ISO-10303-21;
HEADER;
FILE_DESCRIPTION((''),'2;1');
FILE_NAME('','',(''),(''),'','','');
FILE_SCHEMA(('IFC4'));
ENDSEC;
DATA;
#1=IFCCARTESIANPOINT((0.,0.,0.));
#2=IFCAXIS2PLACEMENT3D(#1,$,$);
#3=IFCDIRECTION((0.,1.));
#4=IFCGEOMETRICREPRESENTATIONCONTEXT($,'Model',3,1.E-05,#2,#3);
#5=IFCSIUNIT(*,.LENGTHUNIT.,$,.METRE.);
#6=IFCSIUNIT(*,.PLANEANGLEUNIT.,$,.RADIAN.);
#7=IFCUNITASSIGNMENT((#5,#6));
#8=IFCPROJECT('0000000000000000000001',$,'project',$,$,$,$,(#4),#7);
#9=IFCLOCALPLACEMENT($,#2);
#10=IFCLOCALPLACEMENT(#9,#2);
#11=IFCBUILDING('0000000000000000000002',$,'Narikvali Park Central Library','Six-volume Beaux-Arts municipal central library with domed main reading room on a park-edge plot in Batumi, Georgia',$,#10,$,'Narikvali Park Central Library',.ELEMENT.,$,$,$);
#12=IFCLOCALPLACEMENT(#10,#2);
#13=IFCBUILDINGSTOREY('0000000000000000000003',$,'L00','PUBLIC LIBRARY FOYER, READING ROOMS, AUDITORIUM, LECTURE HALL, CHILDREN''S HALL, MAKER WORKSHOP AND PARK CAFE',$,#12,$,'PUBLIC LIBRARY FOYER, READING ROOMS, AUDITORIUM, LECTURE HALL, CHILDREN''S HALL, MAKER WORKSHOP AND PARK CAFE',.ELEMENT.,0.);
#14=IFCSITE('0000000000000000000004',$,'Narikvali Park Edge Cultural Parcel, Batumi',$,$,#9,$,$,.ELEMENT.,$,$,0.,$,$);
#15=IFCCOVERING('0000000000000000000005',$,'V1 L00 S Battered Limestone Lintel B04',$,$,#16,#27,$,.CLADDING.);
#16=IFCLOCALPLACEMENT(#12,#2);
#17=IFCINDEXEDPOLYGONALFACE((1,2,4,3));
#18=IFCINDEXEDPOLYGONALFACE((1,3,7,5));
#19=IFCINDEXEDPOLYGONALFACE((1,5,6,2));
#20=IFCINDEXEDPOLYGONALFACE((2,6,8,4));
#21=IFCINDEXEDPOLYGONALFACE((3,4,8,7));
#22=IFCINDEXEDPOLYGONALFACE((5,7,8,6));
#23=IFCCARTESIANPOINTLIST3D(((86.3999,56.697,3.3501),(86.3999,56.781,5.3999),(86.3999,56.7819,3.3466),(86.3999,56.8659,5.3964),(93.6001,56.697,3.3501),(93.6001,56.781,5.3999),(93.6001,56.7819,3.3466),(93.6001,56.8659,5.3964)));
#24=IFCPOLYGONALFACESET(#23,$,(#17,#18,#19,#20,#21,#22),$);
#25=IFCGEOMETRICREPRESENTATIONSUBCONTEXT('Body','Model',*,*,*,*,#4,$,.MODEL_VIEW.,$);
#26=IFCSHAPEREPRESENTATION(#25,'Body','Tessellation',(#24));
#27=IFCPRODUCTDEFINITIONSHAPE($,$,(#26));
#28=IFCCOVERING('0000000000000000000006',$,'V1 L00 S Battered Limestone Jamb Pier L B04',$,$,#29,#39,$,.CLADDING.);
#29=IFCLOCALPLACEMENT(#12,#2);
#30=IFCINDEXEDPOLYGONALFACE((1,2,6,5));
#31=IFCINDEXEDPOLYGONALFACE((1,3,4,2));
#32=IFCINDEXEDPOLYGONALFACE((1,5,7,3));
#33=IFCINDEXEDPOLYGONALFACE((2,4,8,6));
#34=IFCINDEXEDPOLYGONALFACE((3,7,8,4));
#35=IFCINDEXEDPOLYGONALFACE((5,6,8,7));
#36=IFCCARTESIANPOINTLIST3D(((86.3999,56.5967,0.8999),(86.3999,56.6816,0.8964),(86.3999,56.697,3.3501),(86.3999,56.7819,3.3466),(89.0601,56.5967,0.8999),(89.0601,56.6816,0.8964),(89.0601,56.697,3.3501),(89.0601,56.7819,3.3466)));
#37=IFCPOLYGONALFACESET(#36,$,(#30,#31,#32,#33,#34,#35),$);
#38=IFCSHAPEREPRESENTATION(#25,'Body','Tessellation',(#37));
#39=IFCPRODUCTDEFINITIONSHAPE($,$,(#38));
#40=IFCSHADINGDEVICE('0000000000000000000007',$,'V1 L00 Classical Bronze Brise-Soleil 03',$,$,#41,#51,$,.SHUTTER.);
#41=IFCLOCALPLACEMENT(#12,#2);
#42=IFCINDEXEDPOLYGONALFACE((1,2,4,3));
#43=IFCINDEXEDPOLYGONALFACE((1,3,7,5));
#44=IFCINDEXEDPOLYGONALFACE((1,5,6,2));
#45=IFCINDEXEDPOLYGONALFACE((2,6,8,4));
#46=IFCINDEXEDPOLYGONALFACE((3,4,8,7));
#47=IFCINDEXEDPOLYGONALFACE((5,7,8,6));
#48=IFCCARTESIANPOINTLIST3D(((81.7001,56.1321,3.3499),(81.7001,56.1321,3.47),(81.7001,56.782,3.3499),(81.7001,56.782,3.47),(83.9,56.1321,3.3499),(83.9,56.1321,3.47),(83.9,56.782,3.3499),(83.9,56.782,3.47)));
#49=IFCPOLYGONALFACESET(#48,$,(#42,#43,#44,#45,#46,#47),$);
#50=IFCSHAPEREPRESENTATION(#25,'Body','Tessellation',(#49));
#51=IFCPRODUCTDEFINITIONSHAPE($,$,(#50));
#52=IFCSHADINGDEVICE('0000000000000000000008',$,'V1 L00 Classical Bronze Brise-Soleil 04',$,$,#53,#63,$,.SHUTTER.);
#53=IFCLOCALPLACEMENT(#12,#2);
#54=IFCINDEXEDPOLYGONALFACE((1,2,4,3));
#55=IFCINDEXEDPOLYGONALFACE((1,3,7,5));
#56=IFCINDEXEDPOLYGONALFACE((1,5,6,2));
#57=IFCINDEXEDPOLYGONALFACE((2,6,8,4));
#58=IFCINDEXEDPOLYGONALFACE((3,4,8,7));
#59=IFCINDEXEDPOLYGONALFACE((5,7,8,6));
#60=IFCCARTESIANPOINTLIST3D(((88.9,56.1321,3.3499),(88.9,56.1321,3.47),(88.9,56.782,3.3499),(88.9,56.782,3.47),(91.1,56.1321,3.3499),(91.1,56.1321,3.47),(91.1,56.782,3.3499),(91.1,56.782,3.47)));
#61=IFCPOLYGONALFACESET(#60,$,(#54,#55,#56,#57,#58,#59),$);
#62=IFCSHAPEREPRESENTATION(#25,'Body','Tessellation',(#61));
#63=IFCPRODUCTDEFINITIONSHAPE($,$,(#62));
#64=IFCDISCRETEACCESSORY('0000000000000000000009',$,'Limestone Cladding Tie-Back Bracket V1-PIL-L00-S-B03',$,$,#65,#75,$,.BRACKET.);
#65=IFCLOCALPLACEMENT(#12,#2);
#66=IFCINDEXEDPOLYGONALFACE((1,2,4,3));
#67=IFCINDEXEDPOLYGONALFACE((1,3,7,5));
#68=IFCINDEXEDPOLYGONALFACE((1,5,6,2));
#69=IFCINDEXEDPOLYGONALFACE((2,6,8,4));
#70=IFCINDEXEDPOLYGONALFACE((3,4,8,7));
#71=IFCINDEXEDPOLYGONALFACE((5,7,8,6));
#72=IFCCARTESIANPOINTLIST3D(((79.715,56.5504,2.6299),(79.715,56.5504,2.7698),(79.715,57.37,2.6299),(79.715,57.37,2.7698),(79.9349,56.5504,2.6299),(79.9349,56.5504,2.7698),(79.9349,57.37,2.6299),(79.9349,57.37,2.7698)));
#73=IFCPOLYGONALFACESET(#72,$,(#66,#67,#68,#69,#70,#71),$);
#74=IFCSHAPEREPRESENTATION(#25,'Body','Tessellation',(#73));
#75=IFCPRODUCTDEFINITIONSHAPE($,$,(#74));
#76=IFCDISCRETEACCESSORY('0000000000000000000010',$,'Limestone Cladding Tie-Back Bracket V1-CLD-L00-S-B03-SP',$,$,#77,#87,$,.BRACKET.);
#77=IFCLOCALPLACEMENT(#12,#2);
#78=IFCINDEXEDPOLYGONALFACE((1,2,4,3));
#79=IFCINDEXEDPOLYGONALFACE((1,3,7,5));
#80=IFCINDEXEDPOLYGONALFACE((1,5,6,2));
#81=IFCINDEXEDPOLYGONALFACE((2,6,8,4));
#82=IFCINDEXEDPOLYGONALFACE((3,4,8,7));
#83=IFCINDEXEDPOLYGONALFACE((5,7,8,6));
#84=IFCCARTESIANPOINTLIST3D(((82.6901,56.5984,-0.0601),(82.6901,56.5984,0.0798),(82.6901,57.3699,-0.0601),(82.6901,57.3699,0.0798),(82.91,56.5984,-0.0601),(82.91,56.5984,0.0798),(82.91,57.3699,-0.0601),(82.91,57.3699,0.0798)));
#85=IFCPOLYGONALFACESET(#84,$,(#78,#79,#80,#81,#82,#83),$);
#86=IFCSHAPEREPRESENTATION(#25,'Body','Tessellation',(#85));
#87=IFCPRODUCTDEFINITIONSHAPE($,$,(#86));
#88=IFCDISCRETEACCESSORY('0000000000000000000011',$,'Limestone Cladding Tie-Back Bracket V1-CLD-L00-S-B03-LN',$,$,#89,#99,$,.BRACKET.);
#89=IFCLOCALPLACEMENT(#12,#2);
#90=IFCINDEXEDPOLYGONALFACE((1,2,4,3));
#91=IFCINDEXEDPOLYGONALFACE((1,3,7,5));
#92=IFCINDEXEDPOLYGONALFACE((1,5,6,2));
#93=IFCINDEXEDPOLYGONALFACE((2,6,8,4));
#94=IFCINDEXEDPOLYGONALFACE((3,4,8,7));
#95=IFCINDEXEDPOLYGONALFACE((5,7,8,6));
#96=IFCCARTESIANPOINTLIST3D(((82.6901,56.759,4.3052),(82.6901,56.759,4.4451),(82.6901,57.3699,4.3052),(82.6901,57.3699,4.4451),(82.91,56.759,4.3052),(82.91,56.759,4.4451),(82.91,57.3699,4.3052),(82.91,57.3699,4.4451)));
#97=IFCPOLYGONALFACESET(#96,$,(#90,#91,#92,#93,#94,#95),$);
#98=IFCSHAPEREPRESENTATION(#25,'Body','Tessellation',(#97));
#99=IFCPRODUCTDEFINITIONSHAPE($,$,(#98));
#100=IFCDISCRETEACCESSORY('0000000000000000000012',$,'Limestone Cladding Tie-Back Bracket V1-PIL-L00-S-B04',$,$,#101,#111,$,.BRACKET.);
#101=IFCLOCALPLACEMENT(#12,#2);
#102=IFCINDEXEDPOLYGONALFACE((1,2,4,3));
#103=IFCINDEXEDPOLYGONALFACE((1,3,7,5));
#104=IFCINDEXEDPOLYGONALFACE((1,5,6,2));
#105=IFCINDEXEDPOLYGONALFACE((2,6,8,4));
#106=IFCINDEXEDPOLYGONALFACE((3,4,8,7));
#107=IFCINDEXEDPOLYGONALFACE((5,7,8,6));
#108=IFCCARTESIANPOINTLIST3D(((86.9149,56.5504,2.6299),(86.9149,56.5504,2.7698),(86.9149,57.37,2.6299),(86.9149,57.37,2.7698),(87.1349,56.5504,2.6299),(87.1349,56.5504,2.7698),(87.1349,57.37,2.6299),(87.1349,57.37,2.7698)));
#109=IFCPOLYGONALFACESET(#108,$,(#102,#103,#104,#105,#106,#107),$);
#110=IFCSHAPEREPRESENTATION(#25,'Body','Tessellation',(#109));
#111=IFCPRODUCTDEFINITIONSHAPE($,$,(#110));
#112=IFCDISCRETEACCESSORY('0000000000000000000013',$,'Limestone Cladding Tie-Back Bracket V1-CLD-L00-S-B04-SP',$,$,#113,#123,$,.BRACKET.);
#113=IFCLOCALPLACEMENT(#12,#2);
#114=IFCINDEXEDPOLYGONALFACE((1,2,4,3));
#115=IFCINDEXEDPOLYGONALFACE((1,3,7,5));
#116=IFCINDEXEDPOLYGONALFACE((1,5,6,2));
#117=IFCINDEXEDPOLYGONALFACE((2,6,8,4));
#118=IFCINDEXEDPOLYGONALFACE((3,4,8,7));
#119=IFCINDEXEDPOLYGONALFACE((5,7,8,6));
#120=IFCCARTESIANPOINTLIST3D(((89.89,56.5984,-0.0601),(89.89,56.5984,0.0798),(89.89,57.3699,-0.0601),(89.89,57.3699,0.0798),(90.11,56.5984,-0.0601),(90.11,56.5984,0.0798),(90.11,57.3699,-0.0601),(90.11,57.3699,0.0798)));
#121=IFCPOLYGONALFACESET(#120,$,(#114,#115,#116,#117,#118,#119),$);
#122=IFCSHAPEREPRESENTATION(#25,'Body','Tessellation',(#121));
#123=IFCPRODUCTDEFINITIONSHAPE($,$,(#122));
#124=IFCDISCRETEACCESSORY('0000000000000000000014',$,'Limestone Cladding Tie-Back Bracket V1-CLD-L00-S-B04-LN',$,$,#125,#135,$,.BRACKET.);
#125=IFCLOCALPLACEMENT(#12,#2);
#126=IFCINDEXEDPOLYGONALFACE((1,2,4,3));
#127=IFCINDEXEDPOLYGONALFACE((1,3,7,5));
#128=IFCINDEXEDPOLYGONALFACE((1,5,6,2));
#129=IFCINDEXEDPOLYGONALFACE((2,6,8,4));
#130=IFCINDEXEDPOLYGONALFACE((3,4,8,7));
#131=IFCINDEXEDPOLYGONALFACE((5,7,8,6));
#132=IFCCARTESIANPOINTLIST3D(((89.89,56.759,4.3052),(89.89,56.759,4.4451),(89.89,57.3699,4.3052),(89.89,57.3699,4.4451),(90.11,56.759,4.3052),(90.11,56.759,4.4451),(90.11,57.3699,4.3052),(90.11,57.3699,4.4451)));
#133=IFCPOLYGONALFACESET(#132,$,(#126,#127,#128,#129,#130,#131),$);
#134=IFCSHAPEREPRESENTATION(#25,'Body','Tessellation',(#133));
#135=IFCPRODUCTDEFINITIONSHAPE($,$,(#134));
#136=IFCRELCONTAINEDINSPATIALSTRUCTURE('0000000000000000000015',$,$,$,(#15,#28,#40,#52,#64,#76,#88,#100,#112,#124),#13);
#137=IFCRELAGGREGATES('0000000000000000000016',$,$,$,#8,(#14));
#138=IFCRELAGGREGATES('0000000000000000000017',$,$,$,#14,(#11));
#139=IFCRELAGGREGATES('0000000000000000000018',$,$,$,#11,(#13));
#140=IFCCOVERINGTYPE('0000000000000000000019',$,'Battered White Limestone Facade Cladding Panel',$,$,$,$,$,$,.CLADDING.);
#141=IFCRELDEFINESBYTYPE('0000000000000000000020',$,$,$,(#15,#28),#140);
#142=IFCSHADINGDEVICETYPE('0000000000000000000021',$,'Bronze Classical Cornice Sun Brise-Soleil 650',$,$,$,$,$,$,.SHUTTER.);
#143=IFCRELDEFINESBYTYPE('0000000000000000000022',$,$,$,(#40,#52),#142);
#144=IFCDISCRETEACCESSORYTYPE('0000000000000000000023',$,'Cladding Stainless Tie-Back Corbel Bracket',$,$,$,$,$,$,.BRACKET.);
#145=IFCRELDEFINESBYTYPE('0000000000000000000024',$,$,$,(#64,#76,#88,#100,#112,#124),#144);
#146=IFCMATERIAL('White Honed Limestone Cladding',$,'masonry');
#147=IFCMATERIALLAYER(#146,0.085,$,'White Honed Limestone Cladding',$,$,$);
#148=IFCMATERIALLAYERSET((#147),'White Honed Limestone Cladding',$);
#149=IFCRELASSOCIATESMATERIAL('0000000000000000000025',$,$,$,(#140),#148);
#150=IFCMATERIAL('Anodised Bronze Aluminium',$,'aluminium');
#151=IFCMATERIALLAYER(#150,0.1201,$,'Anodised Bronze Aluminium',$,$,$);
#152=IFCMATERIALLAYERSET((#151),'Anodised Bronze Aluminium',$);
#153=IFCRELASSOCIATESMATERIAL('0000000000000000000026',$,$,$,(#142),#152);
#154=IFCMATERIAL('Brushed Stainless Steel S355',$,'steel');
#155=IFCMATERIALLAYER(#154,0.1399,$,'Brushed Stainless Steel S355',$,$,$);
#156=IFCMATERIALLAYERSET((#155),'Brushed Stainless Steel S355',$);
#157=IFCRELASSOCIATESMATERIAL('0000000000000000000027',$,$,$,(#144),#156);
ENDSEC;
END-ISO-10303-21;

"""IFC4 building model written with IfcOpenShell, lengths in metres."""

from ifc_helpers import new_model, si_unit, direction, frame, origin, origin_2d, place, context, subcontext, project, spatial, polyline, rectangle, outline, extrude, material, layer, layer_set, type_object, element, save


model = new_model("IFC4")

# Units and contexts
model_context = context("Model", 3, precision=1e-05, world=origin(), true_north=direction((0.0, 1.0)))
body_context = subcontext(model_context, "Body", "Model", "MODEL_VIEW")
ifc_project = project(units=[si_unit("LENGTHUNIT", "METRE"), si_unit("PLANEANGLEUNIT", "RADIAN")], contexts=[model_context])

# Site, building, storey
site_placement = place(None, origin())
site = spatial("IfcSite", under=ifc_project, at=site_placement, Name="Narikvali Park Edge Cultural Parcel, Batumi", CompositionType="ELEMENT", RefElevation=0.0)
building_placement = place(site_placement, origin())
building = spatial("IfcBuilding", under=site, at=building_placement, Name="Narikvali Park Central Library", Description="Six-volume Beaux-Arts municipal central library with domed main reading room on a park-edge plot in Batumi, Georgia", LongName="Narikvali Park Central Library", CompositionType="ELEMENT")
storey_placement = place(building_placement, origin())
storey = spatial("IfcBuildingStorey", under=building, at=storey_placement, Name="L00", Description="PUBLIC LIBRARY FOYER, READING ROOMS, AUDITORIUM, LECTURE HALL, CHILDREN'S HALL, MAKER WORKSHOP AND PARK CAFE", LongName="PUBLIC LIBRARY FOYER, READING ROOMS, AUDITORIUM, LECTURE HALL, CHILDREN'S HALL, MAKER WORKSHOP AND PARK CAFE", CompositionType="ELEMENT", Elevation=0.0)

# Coverings
ifc_material_1 = material(Name="White Honed Limestone Cladding", Category="masonry")
ifc_layer_1 = layer(ifc_material_1, 0.085, Name="White Honed Limestone Cladding")
ifc_layer_set_1 = layer_set([ifc_layer_1], Name="White Honed Limestone Cladding")
covering_type = type_object("IfcCoveringType", Name="Battered White Limestone Facade Cladding Panel", PredefinedType="CLADDING", material=ifc_layer_set_1)
covering_1_placement = place(storey_placement, frame((86.3999, 56.697, 3.3501), z_axis=(0.0, -0.999162, 0.040938), x_axis=(1.0, 0.0, 0.0)))
element("IfcCovering", 1, at=covering_1_placement, inside=storey, type_object=covering_type, Name="V1 L00 S Battered Limestone Lintel B04", PredefinedType="CLADDING", context=body_context, shape_type="SweptSolid", body=[
    extrude(outline(polyline([(0.0, 0.0), (7.2002, 0.0), (7.2002, 2.0515), (0.0, 2.0515), (0.0, 0.0)])), origin(), (0.0, 0.0, -1.0), 0.085),
])
covering_2_placement = place(storey_placement, frame((86.3999, 56.5967, 0.8999), z_axis=(0.0, -0.999162, 0.040918), x_axis=(1.0, 0.0, 0.0)))
element("IfcCovering", 2, at=covering_2_placement, inside=storey, type_object=covering_type, Name="V1 L00 S Battered Limestone Jamb Pier L B04", PredefinedType="CLADDING", context=body_context, shape_type="SweptSolid", body=[
    extrude(outline(polyline([(0.0, 0.0), (2.6602, 0.0), (2.6602, 2.4522), (0.0, 2.4522), (0.0, 0.0)])), origin(), (0.0, 0.0, -1.0), 0.085),
])

# Shading devices
ifc_material_2 = material(Name="Anodised Bronze Aluminium", Category="aluminium")
ifc_layer_2 = layer(ifc_material_2, 0.1201, Name="Anodised Bronze Aluminium")
ifc_layer_set_2 = layer_set([ifc_layer_2], Name="Anodised Bronze Aluminium")
shading_device_type = type_object("IfcShadingDeviceType", Name="Bronze Classical Cornice Sun Brise-Soleil 650", PredefinedType="SHUTTER", material=ifc_layer_set_2)
for number, where, z_axis, x_axis, name in (
    (3, (82.8, 56.457, 3.3499), (0.0, 0.0, 1.0), (1.0, 0.0, 0.0), "V1 L00 Classical Bronze Brise-Soleil 03"),
    (4, (90.0, 56.457, 3.3499), (0.0, 0.0, 1.0), (1.0, 0.0, 0.0), "V1 L00 Classical Bronze Brise-Soleil 04"),
):
    element("IfcShadingDevice", number, at=place(storey_placement, frame(where, z_axis=z_axis, x_axis=x_axis)), inside=storey, type_object=shading_device_type, Name=name, PredefinedType="SHUTTER", context=body_context, shape_type="SweptSolid", body=[
        extrude(rectangle(XDim=2.2, YDim=0.6499, at=origin_2d()), origin(), (0.0, 0.0, 1.0), 0.1201),
    ])

# Discrete accessories
ifc_material_3 = material(Name="Brushed Stainless Steel S355", Category="steel")
ifc_layer_3 = layer(ifc_material_3, 0.1399, Name="Brushed Stainless Steel S355")
ifc_layer_set_3 = layer_set([ifc_layer_3], Name="Brushed Stainless Steel S355")
discrete_accessory_type = type_object("IfcDiscreteAccessoryType", Name="Cladding Stainless Tie-Back Corbel Bracket", PredefinedType="BRACKET", material=ifc_layer_set_3)
discrete_accessory_1_placement = place(storey_placement, frame((79.825, 56.9602, 2.6299), z_axis=(0.0, 0.0, 1.0), x_axis=(1.0, 0.0, 0.0)))
element("IfcDiscreteAccessory", 5, at=discrete_accessory_1_placement, inside=storey, type_object=discrete_accessory_type, Name="Limestone Cladding Tie-Back Bracket V1-PIL-L00-S-B03", PredefinedType="BRACKET", context=body_context, shape_type="SweptSolid", body=[
    extrude(rectangle(XDim=0.22, YDim=0.8196, at=origin_2d()), origin(), (0.0, 0.0, 1.0), 0.1399),
])
discrete_accessory_2_placement = place(storey_placement, frame((82.8, 56.9841, -0.0601), z_axis=(0.0, 0.0, 1.0), x_axis=(1.0, 0.0, 0.0)))
element("IfcDiscreteAccessory", 6, at=discrete_accessory_2_placement, inside=storey, type_object=discrete_accessory_type, Name="Limestone Cladding Tie-Back Bracket V1-CLD-L00-S-B03-SP", PredefinedType="BRACKET", context=body_context, shape_type="SweptSolid", body=[
    extrude(rectangle(XDim=0.22, YDim=0.7715, at=origin_2d()), origin(), (0.0, 0.0, 1.0), 0.1399),
])
discrete_accessory_3_placement = place(storey_placement, frame((82.8, 57.0645, 4.3052), z_axis=(0.0, 0.0, 1.0), x_axis=(1.0, 0.0, 0.0)))
element("IfcDiscreteAccessory", 7, at=discrete_accessory_3_placement, inside=storey, type_object=discrete_accessory_type, Name="Limestone Cladding Tie-Back Bracket V1-CLD-L00-S-B03-LN", PredefinedType="BRACKET", context=body_context, shape_type="SweptSolid", body=[
    extrude(rectangle(XDim=0.22, YDim=0.6108, at=origin_2d()), origin(), (0.0, 0.0, 1.0), 0.1399),
])
discrete_accessory_4_placement = place(storey_placement, frame((87.0249, 56.9602, 2.6299), z_axis=(0.0, 0.0, 1.0), x_axis=(1.0, 0.0, 0.0)))
element("IfcDiscreteAccessory", 8, at=discrete_accessory_4_placement, inside=storey, type_object=discrete_accessory_type, Name="Limestone Cladding Tie-Back Bracket V1-PIL-L00-S-B04", PredefinedType="BRACKET", context=body_context, shape_type="SweptSolid", body=[
    extrude(rectangle(XDim=0.22, YDim=0.8196, at=origin_2d()), origin(), (0.0, 0.0, 1.0), 0.1399),
])
discrete_accessory_5_placement = place(storey_placement, frame((90.0, 56.9841, -0.0601), z_axis=(0.0, 0.0, 1.0), x_axis=(1.0, 0.0, 0.0)))
element("IfcDiscreteAccessory", 9, at=discrete_accessory_5_placement, inside=storey, type_object=discrete_accessory_type, Name="Limestone Cladding Tie-Back Bracket V1-CLD-L00-S-B04-SP", PredefinedType="BRACKET", context=body_context, shape_type="SweptSolid", body=[
    extrude(rectangle(XDim=0.22, YDim=0.7715, at=origin_2d()), origin(), (0.0, 0.0, 1.0), 0.1399),
])
discrete_accessory_6_placement = place(storey_placement, frame((90.0, 57.0645, 4.3052), z_axis=(0.0, 0.0, 1.0), x_axis=(1.0, 0.0, 0.0)))
element("IfcDiscreteAccessory", 10, at=discrete_accessory_6_placement, inside=storey, type_object=discrete_accessory_type, Name="Limestone Cladding Tie-Back Bracket V1-CLD-L00-S-B04-LN", PredefinedType="BRACKET", context=body_context, shape_type="SweptSolid", body=[
    extrude(rectangle(XDim=0.22, YDim=0.6108, at=origin_2d()), origin(), (0.0, 0.0, 1.0), 0.1399),
])

save(model, "model.ifc")
